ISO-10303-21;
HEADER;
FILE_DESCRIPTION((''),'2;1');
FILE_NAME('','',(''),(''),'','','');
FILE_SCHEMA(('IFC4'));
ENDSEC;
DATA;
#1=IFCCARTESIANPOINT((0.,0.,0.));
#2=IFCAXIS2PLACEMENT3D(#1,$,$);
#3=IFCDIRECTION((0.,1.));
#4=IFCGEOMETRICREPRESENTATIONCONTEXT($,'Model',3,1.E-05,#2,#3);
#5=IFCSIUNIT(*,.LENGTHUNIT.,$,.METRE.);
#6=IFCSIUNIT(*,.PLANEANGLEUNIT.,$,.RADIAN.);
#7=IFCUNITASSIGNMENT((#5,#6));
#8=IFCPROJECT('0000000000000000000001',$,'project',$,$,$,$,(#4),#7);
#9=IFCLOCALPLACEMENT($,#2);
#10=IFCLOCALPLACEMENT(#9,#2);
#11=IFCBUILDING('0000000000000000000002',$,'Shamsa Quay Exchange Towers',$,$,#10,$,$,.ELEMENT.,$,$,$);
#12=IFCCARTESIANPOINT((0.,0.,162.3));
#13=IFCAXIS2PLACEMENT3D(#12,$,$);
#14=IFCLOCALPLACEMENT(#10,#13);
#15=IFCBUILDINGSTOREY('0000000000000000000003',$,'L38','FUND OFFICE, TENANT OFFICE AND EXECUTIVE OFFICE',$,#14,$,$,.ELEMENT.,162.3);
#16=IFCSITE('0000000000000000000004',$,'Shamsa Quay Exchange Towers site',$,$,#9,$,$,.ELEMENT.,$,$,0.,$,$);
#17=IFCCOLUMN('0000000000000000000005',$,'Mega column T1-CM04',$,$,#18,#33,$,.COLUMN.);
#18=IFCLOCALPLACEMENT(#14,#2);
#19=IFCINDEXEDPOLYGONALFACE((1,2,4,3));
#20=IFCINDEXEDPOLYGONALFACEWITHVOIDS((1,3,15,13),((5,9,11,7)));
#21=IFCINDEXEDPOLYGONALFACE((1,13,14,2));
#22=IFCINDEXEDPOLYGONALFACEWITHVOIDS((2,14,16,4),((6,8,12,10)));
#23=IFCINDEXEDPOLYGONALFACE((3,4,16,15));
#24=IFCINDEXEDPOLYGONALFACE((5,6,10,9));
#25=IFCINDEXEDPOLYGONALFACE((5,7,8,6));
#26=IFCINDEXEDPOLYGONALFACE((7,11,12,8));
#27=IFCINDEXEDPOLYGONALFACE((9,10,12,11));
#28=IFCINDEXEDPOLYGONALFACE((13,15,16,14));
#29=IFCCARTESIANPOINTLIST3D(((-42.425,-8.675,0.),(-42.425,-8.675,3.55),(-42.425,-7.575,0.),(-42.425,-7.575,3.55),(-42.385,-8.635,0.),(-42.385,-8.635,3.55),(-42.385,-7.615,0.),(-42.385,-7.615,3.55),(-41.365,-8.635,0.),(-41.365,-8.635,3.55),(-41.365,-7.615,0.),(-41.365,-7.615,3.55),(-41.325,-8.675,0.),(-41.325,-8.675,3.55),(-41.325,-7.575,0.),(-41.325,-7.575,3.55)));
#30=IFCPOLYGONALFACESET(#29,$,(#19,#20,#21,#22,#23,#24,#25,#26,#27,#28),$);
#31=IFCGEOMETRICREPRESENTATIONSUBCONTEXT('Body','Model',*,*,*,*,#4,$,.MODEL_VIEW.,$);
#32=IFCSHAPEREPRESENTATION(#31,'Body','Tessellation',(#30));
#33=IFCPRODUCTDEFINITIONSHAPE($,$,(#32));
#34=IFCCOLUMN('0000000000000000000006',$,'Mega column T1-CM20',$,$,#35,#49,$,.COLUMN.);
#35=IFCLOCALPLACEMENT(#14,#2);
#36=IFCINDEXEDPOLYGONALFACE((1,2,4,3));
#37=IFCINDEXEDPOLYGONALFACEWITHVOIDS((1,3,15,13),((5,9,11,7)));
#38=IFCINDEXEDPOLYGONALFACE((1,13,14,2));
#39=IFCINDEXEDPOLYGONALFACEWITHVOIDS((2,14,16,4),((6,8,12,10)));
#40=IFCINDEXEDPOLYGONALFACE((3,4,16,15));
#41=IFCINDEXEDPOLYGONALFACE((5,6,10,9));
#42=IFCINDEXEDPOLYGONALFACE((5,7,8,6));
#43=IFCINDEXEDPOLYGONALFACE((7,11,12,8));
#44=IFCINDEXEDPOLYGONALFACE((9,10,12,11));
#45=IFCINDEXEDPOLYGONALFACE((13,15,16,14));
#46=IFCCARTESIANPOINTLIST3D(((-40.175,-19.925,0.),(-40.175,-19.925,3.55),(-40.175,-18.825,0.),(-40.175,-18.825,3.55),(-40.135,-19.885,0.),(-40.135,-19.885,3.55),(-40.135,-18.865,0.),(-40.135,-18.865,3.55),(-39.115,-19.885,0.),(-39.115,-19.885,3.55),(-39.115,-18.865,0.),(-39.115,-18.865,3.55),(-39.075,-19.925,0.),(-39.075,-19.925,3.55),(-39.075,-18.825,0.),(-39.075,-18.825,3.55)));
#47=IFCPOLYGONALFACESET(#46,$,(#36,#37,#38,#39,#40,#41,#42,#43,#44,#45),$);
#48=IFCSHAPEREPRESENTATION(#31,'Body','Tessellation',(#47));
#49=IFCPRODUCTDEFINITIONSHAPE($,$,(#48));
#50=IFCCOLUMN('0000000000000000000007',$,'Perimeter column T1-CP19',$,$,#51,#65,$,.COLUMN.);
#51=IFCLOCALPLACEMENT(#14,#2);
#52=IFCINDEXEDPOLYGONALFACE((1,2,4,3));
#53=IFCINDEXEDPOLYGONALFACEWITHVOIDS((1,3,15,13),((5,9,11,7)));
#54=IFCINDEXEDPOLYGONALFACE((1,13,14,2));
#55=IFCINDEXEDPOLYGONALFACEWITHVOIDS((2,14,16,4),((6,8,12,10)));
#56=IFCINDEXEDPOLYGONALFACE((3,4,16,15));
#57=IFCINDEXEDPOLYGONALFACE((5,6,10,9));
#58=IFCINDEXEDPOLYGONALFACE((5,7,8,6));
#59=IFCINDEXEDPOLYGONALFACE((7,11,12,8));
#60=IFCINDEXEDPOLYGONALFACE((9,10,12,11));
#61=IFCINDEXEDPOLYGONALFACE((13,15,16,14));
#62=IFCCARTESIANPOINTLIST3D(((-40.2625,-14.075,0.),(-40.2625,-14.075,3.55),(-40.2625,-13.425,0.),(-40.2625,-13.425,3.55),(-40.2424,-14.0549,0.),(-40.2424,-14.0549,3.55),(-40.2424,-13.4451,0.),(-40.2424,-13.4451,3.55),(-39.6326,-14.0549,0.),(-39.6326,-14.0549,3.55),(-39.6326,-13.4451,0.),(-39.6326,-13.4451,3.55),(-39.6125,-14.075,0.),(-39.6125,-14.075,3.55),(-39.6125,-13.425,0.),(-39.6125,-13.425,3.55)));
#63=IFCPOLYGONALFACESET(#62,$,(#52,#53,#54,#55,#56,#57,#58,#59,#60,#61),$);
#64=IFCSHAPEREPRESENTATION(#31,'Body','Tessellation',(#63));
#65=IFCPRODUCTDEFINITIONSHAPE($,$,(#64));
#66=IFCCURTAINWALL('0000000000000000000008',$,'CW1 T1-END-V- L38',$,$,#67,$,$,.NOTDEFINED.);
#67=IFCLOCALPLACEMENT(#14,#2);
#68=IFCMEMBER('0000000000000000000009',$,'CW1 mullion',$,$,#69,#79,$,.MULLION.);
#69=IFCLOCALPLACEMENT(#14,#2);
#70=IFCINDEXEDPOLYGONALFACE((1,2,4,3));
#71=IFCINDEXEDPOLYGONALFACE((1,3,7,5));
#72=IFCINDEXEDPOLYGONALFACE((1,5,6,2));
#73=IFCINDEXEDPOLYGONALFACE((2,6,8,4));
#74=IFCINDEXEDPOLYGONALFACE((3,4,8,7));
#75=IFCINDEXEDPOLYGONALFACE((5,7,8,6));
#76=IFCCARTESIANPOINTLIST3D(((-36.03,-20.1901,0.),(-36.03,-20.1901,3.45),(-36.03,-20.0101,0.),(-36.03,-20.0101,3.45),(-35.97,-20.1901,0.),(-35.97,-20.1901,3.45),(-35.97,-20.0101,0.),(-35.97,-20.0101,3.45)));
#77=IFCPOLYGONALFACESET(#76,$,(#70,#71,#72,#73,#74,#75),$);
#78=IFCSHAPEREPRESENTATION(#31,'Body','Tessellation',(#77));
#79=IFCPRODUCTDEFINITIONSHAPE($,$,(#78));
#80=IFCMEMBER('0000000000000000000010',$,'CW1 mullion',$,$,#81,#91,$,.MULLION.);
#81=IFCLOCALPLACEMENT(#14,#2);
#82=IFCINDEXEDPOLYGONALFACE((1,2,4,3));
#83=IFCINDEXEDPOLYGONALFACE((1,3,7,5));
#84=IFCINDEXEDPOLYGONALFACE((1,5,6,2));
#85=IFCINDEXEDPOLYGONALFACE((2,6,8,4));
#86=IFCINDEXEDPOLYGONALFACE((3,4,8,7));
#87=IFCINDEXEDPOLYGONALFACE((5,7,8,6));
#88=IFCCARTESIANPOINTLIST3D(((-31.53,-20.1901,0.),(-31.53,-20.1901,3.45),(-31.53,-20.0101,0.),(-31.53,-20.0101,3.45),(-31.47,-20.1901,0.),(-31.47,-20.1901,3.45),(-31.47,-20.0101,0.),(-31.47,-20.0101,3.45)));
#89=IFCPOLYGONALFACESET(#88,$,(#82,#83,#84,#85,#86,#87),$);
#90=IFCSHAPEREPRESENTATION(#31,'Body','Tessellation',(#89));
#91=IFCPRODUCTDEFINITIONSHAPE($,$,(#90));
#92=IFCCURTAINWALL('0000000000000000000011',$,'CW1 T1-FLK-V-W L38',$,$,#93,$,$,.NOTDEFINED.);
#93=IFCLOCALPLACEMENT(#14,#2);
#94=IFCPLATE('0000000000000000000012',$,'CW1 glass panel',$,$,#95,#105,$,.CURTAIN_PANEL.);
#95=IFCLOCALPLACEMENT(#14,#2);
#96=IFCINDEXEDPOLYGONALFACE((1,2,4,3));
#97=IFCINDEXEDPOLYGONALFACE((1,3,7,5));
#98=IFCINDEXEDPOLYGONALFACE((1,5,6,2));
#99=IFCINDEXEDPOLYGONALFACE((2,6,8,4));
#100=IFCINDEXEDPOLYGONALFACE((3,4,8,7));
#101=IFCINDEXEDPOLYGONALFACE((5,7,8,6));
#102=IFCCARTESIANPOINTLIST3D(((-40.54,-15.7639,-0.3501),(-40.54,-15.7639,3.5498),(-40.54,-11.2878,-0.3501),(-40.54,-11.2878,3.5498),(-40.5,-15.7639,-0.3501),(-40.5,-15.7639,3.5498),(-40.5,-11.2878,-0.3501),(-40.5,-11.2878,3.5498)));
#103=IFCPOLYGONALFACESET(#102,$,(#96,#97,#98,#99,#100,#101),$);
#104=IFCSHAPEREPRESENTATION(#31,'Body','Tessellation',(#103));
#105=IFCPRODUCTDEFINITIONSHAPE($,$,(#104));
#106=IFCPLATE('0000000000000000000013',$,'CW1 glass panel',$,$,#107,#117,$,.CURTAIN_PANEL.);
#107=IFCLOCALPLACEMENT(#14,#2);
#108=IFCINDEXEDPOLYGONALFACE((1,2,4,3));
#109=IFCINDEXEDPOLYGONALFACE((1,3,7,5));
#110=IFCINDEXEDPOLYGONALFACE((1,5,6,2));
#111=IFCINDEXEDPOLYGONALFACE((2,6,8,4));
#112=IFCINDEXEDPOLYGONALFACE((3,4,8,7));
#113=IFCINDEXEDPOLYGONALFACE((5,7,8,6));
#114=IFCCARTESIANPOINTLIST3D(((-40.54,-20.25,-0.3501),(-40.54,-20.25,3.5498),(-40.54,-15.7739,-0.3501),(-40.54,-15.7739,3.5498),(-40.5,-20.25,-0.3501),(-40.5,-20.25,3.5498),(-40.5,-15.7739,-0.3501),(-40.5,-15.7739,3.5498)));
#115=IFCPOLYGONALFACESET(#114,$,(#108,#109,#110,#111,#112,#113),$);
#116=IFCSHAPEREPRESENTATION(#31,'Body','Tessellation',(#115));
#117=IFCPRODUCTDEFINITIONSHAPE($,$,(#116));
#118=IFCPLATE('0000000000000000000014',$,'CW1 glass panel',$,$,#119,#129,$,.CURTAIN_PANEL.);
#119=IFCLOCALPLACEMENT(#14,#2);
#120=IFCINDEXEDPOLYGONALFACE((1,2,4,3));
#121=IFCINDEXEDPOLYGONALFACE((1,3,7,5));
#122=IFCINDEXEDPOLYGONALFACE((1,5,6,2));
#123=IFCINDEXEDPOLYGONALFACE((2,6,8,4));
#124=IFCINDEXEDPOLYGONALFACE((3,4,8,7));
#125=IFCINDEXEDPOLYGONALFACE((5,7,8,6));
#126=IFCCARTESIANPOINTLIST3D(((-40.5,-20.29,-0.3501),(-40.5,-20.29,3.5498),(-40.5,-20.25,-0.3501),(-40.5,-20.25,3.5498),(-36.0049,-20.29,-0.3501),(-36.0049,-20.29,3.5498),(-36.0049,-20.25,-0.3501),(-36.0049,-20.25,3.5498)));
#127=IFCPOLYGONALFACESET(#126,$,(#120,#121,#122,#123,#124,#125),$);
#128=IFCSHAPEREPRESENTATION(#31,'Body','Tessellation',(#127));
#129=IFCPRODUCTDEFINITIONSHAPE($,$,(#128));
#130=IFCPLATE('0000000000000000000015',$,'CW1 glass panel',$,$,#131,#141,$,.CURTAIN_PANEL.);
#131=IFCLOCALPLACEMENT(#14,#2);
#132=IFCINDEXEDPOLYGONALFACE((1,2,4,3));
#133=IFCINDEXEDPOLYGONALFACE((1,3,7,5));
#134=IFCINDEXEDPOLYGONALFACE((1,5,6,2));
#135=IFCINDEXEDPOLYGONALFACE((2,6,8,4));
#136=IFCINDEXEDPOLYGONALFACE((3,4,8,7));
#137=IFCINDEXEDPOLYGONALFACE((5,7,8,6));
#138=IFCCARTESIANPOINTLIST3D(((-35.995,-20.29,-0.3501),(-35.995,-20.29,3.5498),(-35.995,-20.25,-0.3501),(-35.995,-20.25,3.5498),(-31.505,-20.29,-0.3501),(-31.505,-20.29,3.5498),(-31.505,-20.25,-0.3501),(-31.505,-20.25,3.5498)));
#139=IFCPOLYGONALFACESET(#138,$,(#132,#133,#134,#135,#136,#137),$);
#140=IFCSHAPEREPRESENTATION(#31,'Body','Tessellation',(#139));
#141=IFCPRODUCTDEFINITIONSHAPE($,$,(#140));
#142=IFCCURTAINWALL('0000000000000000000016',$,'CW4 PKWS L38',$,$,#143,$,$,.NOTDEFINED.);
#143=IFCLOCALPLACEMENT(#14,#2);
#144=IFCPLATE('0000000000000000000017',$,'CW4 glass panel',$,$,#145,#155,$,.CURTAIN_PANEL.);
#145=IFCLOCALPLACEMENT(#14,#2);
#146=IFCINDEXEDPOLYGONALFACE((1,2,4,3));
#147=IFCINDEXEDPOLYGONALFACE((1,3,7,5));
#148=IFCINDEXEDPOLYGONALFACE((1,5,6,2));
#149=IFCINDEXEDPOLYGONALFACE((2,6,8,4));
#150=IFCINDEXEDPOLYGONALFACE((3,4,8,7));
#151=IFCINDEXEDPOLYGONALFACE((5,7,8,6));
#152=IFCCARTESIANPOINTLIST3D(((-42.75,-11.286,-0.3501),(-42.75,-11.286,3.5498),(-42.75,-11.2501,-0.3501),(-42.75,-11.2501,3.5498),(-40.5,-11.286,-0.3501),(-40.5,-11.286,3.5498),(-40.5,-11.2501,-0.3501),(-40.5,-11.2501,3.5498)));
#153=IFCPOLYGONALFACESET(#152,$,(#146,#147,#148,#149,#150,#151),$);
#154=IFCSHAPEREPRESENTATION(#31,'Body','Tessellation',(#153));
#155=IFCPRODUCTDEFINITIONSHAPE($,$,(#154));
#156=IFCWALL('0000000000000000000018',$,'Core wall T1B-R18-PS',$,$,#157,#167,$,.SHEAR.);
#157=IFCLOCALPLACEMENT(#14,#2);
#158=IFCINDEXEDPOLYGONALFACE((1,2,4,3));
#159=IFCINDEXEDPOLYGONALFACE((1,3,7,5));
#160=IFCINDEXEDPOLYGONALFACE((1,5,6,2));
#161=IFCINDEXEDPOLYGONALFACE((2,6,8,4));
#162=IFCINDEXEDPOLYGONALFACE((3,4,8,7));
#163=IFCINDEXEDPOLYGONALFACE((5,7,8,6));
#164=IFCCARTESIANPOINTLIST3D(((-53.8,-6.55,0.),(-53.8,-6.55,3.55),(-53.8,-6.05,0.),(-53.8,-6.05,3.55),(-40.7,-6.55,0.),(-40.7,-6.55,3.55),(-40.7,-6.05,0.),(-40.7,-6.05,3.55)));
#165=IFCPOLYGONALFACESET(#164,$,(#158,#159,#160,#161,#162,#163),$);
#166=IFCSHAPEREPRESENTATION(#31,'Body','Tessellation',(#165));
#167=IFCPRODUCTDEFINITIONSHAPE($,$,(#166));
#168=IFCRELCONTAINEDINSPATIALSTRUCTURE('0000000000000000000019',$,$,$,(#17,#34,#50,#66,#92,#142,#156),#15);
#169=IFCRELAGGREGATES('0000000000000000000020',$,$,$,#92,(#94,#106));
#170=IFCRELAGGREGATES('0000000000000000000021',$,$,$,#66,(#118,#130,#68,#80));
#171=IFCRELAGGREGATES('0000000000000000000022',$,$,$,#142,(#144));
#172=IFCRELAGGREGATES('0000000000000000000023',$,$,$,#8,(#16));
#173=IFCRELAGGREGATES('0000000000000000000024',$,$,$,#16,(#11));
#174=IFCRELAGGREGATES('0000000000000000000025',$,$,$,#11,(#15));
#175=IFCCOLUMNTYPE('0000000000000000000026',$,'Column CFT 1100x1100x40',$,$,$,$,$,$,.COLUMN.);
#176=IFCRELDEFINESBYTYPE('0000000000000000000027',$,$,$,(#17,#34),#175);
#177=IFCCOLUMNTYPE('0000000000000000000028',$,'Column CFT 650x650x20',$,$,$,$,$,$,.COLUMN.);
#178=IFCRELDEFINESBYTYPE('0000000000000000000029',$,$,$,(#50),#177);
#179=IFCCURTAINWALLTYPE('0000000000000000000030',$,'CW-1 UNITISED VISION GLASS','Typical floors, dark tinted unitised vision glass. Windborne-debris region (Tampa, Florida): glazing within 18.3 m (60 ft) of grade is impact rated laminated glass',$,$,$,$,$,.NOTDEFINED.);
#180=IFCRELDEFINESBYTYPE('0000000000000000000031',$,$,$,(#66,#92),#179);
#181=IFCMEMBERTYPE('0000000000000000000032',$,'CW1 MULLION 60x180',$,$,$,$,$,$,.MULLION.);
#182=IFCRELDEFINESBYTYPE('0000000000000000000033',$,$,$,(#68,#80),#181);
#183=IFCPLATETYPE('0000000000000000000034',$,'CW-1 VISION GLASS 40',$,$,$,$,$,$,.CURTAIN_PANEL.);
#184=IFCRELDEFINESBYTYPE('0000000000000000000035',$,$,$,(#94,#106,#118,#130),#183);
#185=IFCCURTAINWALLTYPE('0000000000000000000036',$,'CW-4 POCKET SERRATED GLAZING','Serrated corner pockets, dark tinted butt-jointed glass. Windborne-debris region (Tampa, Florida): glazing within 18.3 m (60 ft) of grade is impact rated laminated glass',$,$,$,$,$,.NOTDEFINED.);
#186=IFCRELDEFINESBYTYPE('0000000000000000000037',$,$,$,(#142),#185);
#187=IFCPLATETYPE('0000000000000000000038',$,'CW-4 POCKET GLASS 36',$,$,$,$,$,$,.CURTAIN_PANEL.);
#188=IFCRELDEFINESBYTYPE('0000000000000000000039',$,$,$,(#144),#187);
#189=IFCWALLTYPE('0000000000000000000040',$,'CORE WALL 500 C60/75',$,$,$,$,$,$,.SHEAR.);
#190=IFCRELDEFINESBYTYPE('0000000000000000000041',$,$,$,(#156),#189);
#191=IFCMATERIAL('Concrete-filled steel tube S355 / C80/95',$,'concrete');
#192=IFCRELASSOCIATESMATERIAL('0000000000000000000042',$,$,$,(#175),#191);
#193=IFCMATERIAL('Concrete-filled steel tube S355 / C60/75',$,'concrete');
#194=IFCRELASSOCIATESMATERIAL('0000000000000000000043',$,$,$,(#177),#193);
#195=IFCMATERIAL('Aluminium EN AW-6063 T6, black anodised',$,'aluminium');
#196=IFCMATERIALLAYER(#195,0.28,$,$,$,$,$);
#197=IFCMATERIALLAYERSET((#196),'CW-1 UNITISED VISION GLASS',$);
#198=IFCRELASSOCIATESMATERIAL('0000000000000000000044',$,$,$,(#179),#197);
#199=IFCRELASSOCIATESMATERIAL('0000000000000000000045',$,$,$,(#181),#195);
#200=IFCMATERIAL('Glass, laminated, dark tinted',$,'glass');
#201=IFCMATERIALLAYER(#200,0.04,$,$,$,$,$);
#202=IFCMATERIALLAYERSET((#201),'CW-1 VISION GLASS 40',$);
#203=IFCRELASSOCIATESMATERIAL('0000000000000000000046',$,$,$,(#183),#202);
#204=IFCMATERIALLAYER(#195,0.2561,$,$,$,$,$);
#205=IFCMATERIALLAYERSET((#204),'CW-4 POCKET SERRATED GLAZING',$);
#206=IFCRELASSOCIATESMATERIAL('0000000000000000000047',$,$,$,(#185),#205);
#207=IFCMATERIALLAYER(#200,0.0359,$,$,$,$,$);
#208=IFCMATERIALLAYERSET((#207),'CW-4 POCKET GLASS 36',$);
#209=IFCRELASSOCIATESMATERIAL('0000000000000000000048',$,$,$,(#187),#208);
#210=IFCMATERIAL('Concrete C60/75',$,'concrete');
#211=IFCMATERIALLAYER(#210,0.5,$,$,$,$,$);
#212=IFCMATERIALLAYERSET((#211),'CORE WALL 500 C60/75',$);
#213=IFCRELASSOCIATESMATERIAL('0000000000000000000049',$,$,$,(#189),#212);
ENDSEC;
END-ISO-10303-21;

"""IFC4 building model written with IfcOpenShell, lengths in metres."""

from ifc_helpers import new_model, si_unit, direction, frame, frame_2d, origin, origin_2d, place, context, subcontext, project, spatial, rectangle, hollow_rectangle, extrude, material, layer, layer_set, material_profile, profile_set, type_object, element, aggregate, save


model = new_model("IFC4")

# Units and contexts
model_context = context("Model", 3, precision=1e-05, world=origin(), true_north=direction((0.0, 1.0)))
body_context = subcontext(model_context, "Body", "Model", "MODEL_VIEW")
ifc_project = project(units=[si_unit("LENGTHUNIT", "METRE"), si_unit("PLANEANGLEUNIT", "RADIAN")], contexts=[model_context])

# Site, building, storey
site_placement = place(None, origin())
site = spatial("IfcSite", under=ifc_project, at=site_placement, Name="Shamsa Quay Exchange Towers site", CompositionType="ELEMENT", RefElevation=0.0)
building_placement = place(site_placement, origin())
building = spatial("IfcBuilding", under=site, at=building_placement, Name="Shamsa Quay Exchange Towers", CompositionType="ELEMENT")
storey_placement = place(building_placement, frame((0.0, 0.0, 162.3)))
storey = spatial("IfcBuildingStorey", under=building, at=storey_placement, Name="L38", Description="FUND OFFICE, TENANT OFFICE AND EXECUTIVE OFFICE", CompositionType="ELEMENT", Elevation=162.3)

# Columns
ifc_material_1 = material(Name="Concrete-filled steel tube S355 / C80/95", Category="concrete")
ifc_material_profile_1 = material_profile(ifc_material_1, hollow_rectangle(XDim=1.1001, YDim=1.1001, WallThickness=0.04, at=origin_2d()), Name="CFT 1100x1100x40")
ifc_profile_set_1 = profile_set([ifc_material_profile_1], Name="Concrete-filled steel tube S355 / C80/95")
column_type_1 = type_object("IfcColumnType", Name="Column CFT 1100x1100x40", PredefinedType="COLUMN", material=ifc_profile_set_1)
for number, where, name in (
    (1, (-41.875, -8.125, 0.0), "Mega column T1-CM04"),
    (2, (-39.625, -19.375, 0.0), "Mega column T1-CM20"),
):
    element("IfcColumn", number, at=place(storey_placement, frame(where)), inside=storey, type_object=column_type_1, Name=name, PredefinedType="COLUMN", context=body_context, shape_type="SweptSolid", body=[
        extrude(hollow_rectangle(XDim=1.1001, YDim=1.1001, WallThickness=0.04, at=origin_2d()), origin(), (0.0, 0.0, 1.0), 3.55),
    ])
ifc_material_2 = material(Name="Concrete-filled steel tube S355 / C60/75", Category="concrete")
ifc_material_profile_2 = material_profile(ifc_material_2, hollow_rectangle(XDim=0.6499, YDim=0.6499, WallThickness=0.02, at=origin_2d()), Name="CFT 650x650x20")
ifc_profile_set_2 = profile_set([ifc_material_profile_2], Name="Concrete-filled steel tube S355 / C60/75")
column_type_2 = type_object("IfcColumnType", Name="Column CFT 650x650x20", PredefinedType="COLUMN", material=ifc_profile_set_2)
column_placement = place(storey_placement, frame((-39.9375, -13.75, 0.0)))
element("IfcColumn", 3, at=column_placement, inside=storey, type_object=column_type_2, Name="Perimeter column T1-CP19", PredefinedType="COLUMN", context=body_context, shape_type="SweptSolid", body=[
    extrude(hollow_rectangle(XDim=0.6499, YDim=0.6499, WallThickness=0.02, at=origin_2d()), origin(), (0.0, 0.0, 1.0), 3.55),
])

# Curtain wall, members
ifc_material_3 = material(Name="Aluminium EN AW-6063 T6, black anodised", Category="aluminium")
ifc_layer_1 = layer(ifc_material_3, 0.28)
ifc_layer_set_1 = layer_set([ifc_layer_1], Name="CW-1 UNITISED VISION GLASS")
curtain_wall_type_1 = type_object("IfcCurtainWallType", Name="CW-1 UNITISED VISION GLASS", Description="Typical floors, dark tinted unitised vision glass. Windborne-debris region (Tampa, Florida): glazing within 18.3 m (60 ft) of grade is impact rated laminated glass", PredefinedType="NOTDEFINED", material=ifc_layer_set_1)
curtain_wall_1_placement = place(storey_placement, origin())
curtain_wall_1 = element("IfcCurtainWall", 4, at=curtain_wall_1_placement, inside=storey, type_object=curtain_wall_type_1, Name="CW1 T1-END-V- L38", PredefinedType="NOTDEFINED")
ifc_material_profile_3 = material_profile(ifc_material_3, rectangle(XDim=0.1799, YDim=0.0601, at=origin_2d()), Name="MU60x180")
ifc_profile_set_3 = profile_set([ifc_material_profile_3], Name="Aluminium EN AW-6063 T6, black anodised")
member_type = type_object("IfcMemberType", Name="CW1 MULLION 60x180", PredefinedType="MULLION", material=ifc_profile_set_3)
member_1_placement = place(storey_placement, frame((-36.0, -20.1001, 0.0), z_axis=(0.0, 0.0, 1.0), x_axis=(0.0, 1.0, 0.0)))
member_1 = element("IfcMember", 5, at=member_1_placement, type_object=member_type, Name="CW1 mullion", PredefinedType="MULLION", context=body_context, shape_type="SweptSolid", body=[
    extrude(rectangle(XDim=0.1799, YDim=0.0601, at=origin_2d()), origin(), (0.0, 0.0, 1.0), 3.45),
])
member_2_placement = place(storey_placement, frame((-31.5, -20.1001, 0.0), z_axis=(0.0, 0.0, 1.0), x_axis=(0.0, 1.0, 0.0)))
member_2 = element("IfcMember", 6, at=member_2_placement, type_object=member_type, Name="CW1 mullion", PredefinedType="MULLION", context=body_context, shape_type="SweptSolid", body=[
    extrude(rectangle(XDim=0.1799, YDim=0.0601, at=origin_2d()), origin(), (0.0, 0.0, 1.0), 3.45),
])

# Curtain wall, plates
curtain_wall_2_placement = place(storey_placement, origin())
curtain_wall_2 = element("IfcCurtainWall", 7, at=curtain_wall_2_placement, inside=storey, type_object=curtain_wall_type_1, Name="CW1 T1-FLK-V-W L38", PredefinedType="NOTDEFINED")
ifc_material_4 = material(Name="Glass, laminated, dark tinted", Category="glass")
ifc_layer_2 = layer(ifc_material_4, 0.04)
ifc_layer_set_2 = layer_set([ifc_layer_2], Name="CW-1 VISION GLASS 40")
plate_type_1 = type_object("IfcPlateType", Name="CW-1 VISION GLASS 40", PredefinedType="CURTAIN_PANEL", material=ifc_layer_set_2)
plate_1_placement = place(storey_placement, frame((-40.52, -13.5259, -0.3501), z_axis=(0.0, 0.0, 1.0), x_axis=(0.0, -1.0, 0.0)))
plate_1 = element("IfcPlate", 8, at=plate_1_placement, type_object=plate_type_1, Name="CW1 glass panel", PredefinedType="CURTAIN_PANEL", context=body_context, shape_type="SweptSolid", body=[
    extrude(rectangle(XDim=4.4761, YDim=0.04, at=origin_2d()), origin(), (0.0, 0.0, 1.0), 3.8999),
])
plate_2_placement = place(storey_placement, frame((-40.52, -18.012, -0.3501), z_axis=(0.0, 0.0, 1.0), x_axis=(0.0, -1.0, 0.0)))
plate_2 = element("IfcPlate", 9, at=plate_2_placement, type_object=plate_type_1, Name="CW1 glass panel", PredefinedType="CURTAIN_PANEL", context=body_context, shape_type="SweptSolid", body=[
    extrude(rectangle(XDim=4.4761, YDim=0.04, at=origin_2d()), origin(), (0.0, 0.0, 1.0), 3.8999),
])
aggregate(curtain_wall_2, [plate_1, plate_2])

# Plates
plate_3_placement = place(storey_placement, frame((-38.2524, -20.27, -0.3501)))
plate_3 = element("IfcPlate", 10, at=plate_3_placement, type_object=plate_type_1, Name="CW1 glass panel", PredefinedType="CURTAIN_PANEL", context=body_context, shape_type="SweptSolid", body=[
    extrude(rectangle(XDim=4.4951, YDim=0.04, at=origin_2d()), origin(), (0.0, 0.0, 1.0), 3.8999),
])
plate_4_placement = place(storey_placement, frame((-33.75, -20.27, -0.3501)))
plate_4 = element("IfcPlate", 11, at=plate_4_placement, type_object=plate_type_1, Name="CW1 glass panel", PredefinedType="CURTAIN_PANEL", context=body_context, shape_type="SweptSolid", body=[
    extrude(rectangle(XDim=4.49, YDim=0.04, at=origin_2d()), origin(), (0.0, 0.0, 1.0), 3.8999),
])
aggregate(curtain_wall_1, [plate_3, plate_4, member_1, member_2])

# Curtain wall, plate
ifc_layer_3 = layer(ifc_material_3, 0.2561)
ifc_layer_set_3 = layer_set([ifc_layer_3], Name="CW-4 POCKET SERRATED GLAZING")
curtain_wall_type_2 = type_object("IfcCurtainWallType", Name="CW-4 POCKET SERRATED GLAZING", Description="Serrated corner pockets, dark tinted butt-jointed glass. Windborne-debris region (Tampa, Florida): glazing within 18.3 m (60 ft) of grade is impact rated laminated glass", PredefinedType="NOTDEFINED", material=ifc_layer_set_3)
curtain_wall_3_placement = place(storey_placement, origin())
curtain_wall_3 = element("IfcCurtainWall", 12, at=curtain_wall_3_placement, inside=storey, type_object=curtain_wall_type_2, Name="CW4 PKWS L38", PredefinedType="NOTDEFINED")
ifc_layer_4 = layer(ifc_material_4, 0.0359)
ifc_layer_set_4 = layer_set([ifc_layer_4], Name="CW-4 POCKET GLASS 36")
plate_type_2 = type_object("IfcPlateType", Name="CW-4 POCKET GLASS 36", PredefinedType="CURTAIN_PANEL", material=ifc_layer_set_4)
plate_5_placement = place(storey_placement, frame((-41.625, -11.2681, -0.3501)))
plate_5 = element("IfcPlate", 13, at=plate_5_placement, type_object=plate_type_2, Name="CW4 glass panel", PredefinedType="CURTAIN_PANEL", context=body_context, shape_type="SweptSolid", body=[
    extrude(rectangle(XDim=2.25, YDim=0.0359, at=origin_2d()), origin(), (0.0, 0.0, 1.0), 3.8999),
])
aggregate(curtain_wall_3, [plate_5])

# Wall
ifc_material_5 = material(Name="Concrete C60/75", Category="concrete")
ifc_layer_5 = layer(ifc_material_5, 0.5)
ifc_layer_set_5 = layer_set([ifc_layer_5], Name="CORE WALL 500 C60/75")
wall_type_1 = type_object("IfcWallType", Name="CORE WALL 500 C60/75", PredefinedType="SHEAR", material=ifc_layer_set_5)
wall_1_placement = place(storey_placement, frame((-40.7, -6.3, 0.0), z_axis=(0.0, 0.0, 1.0), x_axis=(-1.0, 0.0, 0.0)))
element("IfcWall", 14, at=wall_1_placement, inside=storey, type_object=wall_type_1, Name="Core wall T1B-R18-PS", PredefinedType="SHEAR", context=body_context, shape_type="SweptSolid", body=[
    extrude(rectangle(XDim=13.1001, YDim=0.5, at=frame_2d((6.55, 0.0))), origin(), (0.0, 0.0, 1.0), 3.55),
])

save(model, "model.ifc")
